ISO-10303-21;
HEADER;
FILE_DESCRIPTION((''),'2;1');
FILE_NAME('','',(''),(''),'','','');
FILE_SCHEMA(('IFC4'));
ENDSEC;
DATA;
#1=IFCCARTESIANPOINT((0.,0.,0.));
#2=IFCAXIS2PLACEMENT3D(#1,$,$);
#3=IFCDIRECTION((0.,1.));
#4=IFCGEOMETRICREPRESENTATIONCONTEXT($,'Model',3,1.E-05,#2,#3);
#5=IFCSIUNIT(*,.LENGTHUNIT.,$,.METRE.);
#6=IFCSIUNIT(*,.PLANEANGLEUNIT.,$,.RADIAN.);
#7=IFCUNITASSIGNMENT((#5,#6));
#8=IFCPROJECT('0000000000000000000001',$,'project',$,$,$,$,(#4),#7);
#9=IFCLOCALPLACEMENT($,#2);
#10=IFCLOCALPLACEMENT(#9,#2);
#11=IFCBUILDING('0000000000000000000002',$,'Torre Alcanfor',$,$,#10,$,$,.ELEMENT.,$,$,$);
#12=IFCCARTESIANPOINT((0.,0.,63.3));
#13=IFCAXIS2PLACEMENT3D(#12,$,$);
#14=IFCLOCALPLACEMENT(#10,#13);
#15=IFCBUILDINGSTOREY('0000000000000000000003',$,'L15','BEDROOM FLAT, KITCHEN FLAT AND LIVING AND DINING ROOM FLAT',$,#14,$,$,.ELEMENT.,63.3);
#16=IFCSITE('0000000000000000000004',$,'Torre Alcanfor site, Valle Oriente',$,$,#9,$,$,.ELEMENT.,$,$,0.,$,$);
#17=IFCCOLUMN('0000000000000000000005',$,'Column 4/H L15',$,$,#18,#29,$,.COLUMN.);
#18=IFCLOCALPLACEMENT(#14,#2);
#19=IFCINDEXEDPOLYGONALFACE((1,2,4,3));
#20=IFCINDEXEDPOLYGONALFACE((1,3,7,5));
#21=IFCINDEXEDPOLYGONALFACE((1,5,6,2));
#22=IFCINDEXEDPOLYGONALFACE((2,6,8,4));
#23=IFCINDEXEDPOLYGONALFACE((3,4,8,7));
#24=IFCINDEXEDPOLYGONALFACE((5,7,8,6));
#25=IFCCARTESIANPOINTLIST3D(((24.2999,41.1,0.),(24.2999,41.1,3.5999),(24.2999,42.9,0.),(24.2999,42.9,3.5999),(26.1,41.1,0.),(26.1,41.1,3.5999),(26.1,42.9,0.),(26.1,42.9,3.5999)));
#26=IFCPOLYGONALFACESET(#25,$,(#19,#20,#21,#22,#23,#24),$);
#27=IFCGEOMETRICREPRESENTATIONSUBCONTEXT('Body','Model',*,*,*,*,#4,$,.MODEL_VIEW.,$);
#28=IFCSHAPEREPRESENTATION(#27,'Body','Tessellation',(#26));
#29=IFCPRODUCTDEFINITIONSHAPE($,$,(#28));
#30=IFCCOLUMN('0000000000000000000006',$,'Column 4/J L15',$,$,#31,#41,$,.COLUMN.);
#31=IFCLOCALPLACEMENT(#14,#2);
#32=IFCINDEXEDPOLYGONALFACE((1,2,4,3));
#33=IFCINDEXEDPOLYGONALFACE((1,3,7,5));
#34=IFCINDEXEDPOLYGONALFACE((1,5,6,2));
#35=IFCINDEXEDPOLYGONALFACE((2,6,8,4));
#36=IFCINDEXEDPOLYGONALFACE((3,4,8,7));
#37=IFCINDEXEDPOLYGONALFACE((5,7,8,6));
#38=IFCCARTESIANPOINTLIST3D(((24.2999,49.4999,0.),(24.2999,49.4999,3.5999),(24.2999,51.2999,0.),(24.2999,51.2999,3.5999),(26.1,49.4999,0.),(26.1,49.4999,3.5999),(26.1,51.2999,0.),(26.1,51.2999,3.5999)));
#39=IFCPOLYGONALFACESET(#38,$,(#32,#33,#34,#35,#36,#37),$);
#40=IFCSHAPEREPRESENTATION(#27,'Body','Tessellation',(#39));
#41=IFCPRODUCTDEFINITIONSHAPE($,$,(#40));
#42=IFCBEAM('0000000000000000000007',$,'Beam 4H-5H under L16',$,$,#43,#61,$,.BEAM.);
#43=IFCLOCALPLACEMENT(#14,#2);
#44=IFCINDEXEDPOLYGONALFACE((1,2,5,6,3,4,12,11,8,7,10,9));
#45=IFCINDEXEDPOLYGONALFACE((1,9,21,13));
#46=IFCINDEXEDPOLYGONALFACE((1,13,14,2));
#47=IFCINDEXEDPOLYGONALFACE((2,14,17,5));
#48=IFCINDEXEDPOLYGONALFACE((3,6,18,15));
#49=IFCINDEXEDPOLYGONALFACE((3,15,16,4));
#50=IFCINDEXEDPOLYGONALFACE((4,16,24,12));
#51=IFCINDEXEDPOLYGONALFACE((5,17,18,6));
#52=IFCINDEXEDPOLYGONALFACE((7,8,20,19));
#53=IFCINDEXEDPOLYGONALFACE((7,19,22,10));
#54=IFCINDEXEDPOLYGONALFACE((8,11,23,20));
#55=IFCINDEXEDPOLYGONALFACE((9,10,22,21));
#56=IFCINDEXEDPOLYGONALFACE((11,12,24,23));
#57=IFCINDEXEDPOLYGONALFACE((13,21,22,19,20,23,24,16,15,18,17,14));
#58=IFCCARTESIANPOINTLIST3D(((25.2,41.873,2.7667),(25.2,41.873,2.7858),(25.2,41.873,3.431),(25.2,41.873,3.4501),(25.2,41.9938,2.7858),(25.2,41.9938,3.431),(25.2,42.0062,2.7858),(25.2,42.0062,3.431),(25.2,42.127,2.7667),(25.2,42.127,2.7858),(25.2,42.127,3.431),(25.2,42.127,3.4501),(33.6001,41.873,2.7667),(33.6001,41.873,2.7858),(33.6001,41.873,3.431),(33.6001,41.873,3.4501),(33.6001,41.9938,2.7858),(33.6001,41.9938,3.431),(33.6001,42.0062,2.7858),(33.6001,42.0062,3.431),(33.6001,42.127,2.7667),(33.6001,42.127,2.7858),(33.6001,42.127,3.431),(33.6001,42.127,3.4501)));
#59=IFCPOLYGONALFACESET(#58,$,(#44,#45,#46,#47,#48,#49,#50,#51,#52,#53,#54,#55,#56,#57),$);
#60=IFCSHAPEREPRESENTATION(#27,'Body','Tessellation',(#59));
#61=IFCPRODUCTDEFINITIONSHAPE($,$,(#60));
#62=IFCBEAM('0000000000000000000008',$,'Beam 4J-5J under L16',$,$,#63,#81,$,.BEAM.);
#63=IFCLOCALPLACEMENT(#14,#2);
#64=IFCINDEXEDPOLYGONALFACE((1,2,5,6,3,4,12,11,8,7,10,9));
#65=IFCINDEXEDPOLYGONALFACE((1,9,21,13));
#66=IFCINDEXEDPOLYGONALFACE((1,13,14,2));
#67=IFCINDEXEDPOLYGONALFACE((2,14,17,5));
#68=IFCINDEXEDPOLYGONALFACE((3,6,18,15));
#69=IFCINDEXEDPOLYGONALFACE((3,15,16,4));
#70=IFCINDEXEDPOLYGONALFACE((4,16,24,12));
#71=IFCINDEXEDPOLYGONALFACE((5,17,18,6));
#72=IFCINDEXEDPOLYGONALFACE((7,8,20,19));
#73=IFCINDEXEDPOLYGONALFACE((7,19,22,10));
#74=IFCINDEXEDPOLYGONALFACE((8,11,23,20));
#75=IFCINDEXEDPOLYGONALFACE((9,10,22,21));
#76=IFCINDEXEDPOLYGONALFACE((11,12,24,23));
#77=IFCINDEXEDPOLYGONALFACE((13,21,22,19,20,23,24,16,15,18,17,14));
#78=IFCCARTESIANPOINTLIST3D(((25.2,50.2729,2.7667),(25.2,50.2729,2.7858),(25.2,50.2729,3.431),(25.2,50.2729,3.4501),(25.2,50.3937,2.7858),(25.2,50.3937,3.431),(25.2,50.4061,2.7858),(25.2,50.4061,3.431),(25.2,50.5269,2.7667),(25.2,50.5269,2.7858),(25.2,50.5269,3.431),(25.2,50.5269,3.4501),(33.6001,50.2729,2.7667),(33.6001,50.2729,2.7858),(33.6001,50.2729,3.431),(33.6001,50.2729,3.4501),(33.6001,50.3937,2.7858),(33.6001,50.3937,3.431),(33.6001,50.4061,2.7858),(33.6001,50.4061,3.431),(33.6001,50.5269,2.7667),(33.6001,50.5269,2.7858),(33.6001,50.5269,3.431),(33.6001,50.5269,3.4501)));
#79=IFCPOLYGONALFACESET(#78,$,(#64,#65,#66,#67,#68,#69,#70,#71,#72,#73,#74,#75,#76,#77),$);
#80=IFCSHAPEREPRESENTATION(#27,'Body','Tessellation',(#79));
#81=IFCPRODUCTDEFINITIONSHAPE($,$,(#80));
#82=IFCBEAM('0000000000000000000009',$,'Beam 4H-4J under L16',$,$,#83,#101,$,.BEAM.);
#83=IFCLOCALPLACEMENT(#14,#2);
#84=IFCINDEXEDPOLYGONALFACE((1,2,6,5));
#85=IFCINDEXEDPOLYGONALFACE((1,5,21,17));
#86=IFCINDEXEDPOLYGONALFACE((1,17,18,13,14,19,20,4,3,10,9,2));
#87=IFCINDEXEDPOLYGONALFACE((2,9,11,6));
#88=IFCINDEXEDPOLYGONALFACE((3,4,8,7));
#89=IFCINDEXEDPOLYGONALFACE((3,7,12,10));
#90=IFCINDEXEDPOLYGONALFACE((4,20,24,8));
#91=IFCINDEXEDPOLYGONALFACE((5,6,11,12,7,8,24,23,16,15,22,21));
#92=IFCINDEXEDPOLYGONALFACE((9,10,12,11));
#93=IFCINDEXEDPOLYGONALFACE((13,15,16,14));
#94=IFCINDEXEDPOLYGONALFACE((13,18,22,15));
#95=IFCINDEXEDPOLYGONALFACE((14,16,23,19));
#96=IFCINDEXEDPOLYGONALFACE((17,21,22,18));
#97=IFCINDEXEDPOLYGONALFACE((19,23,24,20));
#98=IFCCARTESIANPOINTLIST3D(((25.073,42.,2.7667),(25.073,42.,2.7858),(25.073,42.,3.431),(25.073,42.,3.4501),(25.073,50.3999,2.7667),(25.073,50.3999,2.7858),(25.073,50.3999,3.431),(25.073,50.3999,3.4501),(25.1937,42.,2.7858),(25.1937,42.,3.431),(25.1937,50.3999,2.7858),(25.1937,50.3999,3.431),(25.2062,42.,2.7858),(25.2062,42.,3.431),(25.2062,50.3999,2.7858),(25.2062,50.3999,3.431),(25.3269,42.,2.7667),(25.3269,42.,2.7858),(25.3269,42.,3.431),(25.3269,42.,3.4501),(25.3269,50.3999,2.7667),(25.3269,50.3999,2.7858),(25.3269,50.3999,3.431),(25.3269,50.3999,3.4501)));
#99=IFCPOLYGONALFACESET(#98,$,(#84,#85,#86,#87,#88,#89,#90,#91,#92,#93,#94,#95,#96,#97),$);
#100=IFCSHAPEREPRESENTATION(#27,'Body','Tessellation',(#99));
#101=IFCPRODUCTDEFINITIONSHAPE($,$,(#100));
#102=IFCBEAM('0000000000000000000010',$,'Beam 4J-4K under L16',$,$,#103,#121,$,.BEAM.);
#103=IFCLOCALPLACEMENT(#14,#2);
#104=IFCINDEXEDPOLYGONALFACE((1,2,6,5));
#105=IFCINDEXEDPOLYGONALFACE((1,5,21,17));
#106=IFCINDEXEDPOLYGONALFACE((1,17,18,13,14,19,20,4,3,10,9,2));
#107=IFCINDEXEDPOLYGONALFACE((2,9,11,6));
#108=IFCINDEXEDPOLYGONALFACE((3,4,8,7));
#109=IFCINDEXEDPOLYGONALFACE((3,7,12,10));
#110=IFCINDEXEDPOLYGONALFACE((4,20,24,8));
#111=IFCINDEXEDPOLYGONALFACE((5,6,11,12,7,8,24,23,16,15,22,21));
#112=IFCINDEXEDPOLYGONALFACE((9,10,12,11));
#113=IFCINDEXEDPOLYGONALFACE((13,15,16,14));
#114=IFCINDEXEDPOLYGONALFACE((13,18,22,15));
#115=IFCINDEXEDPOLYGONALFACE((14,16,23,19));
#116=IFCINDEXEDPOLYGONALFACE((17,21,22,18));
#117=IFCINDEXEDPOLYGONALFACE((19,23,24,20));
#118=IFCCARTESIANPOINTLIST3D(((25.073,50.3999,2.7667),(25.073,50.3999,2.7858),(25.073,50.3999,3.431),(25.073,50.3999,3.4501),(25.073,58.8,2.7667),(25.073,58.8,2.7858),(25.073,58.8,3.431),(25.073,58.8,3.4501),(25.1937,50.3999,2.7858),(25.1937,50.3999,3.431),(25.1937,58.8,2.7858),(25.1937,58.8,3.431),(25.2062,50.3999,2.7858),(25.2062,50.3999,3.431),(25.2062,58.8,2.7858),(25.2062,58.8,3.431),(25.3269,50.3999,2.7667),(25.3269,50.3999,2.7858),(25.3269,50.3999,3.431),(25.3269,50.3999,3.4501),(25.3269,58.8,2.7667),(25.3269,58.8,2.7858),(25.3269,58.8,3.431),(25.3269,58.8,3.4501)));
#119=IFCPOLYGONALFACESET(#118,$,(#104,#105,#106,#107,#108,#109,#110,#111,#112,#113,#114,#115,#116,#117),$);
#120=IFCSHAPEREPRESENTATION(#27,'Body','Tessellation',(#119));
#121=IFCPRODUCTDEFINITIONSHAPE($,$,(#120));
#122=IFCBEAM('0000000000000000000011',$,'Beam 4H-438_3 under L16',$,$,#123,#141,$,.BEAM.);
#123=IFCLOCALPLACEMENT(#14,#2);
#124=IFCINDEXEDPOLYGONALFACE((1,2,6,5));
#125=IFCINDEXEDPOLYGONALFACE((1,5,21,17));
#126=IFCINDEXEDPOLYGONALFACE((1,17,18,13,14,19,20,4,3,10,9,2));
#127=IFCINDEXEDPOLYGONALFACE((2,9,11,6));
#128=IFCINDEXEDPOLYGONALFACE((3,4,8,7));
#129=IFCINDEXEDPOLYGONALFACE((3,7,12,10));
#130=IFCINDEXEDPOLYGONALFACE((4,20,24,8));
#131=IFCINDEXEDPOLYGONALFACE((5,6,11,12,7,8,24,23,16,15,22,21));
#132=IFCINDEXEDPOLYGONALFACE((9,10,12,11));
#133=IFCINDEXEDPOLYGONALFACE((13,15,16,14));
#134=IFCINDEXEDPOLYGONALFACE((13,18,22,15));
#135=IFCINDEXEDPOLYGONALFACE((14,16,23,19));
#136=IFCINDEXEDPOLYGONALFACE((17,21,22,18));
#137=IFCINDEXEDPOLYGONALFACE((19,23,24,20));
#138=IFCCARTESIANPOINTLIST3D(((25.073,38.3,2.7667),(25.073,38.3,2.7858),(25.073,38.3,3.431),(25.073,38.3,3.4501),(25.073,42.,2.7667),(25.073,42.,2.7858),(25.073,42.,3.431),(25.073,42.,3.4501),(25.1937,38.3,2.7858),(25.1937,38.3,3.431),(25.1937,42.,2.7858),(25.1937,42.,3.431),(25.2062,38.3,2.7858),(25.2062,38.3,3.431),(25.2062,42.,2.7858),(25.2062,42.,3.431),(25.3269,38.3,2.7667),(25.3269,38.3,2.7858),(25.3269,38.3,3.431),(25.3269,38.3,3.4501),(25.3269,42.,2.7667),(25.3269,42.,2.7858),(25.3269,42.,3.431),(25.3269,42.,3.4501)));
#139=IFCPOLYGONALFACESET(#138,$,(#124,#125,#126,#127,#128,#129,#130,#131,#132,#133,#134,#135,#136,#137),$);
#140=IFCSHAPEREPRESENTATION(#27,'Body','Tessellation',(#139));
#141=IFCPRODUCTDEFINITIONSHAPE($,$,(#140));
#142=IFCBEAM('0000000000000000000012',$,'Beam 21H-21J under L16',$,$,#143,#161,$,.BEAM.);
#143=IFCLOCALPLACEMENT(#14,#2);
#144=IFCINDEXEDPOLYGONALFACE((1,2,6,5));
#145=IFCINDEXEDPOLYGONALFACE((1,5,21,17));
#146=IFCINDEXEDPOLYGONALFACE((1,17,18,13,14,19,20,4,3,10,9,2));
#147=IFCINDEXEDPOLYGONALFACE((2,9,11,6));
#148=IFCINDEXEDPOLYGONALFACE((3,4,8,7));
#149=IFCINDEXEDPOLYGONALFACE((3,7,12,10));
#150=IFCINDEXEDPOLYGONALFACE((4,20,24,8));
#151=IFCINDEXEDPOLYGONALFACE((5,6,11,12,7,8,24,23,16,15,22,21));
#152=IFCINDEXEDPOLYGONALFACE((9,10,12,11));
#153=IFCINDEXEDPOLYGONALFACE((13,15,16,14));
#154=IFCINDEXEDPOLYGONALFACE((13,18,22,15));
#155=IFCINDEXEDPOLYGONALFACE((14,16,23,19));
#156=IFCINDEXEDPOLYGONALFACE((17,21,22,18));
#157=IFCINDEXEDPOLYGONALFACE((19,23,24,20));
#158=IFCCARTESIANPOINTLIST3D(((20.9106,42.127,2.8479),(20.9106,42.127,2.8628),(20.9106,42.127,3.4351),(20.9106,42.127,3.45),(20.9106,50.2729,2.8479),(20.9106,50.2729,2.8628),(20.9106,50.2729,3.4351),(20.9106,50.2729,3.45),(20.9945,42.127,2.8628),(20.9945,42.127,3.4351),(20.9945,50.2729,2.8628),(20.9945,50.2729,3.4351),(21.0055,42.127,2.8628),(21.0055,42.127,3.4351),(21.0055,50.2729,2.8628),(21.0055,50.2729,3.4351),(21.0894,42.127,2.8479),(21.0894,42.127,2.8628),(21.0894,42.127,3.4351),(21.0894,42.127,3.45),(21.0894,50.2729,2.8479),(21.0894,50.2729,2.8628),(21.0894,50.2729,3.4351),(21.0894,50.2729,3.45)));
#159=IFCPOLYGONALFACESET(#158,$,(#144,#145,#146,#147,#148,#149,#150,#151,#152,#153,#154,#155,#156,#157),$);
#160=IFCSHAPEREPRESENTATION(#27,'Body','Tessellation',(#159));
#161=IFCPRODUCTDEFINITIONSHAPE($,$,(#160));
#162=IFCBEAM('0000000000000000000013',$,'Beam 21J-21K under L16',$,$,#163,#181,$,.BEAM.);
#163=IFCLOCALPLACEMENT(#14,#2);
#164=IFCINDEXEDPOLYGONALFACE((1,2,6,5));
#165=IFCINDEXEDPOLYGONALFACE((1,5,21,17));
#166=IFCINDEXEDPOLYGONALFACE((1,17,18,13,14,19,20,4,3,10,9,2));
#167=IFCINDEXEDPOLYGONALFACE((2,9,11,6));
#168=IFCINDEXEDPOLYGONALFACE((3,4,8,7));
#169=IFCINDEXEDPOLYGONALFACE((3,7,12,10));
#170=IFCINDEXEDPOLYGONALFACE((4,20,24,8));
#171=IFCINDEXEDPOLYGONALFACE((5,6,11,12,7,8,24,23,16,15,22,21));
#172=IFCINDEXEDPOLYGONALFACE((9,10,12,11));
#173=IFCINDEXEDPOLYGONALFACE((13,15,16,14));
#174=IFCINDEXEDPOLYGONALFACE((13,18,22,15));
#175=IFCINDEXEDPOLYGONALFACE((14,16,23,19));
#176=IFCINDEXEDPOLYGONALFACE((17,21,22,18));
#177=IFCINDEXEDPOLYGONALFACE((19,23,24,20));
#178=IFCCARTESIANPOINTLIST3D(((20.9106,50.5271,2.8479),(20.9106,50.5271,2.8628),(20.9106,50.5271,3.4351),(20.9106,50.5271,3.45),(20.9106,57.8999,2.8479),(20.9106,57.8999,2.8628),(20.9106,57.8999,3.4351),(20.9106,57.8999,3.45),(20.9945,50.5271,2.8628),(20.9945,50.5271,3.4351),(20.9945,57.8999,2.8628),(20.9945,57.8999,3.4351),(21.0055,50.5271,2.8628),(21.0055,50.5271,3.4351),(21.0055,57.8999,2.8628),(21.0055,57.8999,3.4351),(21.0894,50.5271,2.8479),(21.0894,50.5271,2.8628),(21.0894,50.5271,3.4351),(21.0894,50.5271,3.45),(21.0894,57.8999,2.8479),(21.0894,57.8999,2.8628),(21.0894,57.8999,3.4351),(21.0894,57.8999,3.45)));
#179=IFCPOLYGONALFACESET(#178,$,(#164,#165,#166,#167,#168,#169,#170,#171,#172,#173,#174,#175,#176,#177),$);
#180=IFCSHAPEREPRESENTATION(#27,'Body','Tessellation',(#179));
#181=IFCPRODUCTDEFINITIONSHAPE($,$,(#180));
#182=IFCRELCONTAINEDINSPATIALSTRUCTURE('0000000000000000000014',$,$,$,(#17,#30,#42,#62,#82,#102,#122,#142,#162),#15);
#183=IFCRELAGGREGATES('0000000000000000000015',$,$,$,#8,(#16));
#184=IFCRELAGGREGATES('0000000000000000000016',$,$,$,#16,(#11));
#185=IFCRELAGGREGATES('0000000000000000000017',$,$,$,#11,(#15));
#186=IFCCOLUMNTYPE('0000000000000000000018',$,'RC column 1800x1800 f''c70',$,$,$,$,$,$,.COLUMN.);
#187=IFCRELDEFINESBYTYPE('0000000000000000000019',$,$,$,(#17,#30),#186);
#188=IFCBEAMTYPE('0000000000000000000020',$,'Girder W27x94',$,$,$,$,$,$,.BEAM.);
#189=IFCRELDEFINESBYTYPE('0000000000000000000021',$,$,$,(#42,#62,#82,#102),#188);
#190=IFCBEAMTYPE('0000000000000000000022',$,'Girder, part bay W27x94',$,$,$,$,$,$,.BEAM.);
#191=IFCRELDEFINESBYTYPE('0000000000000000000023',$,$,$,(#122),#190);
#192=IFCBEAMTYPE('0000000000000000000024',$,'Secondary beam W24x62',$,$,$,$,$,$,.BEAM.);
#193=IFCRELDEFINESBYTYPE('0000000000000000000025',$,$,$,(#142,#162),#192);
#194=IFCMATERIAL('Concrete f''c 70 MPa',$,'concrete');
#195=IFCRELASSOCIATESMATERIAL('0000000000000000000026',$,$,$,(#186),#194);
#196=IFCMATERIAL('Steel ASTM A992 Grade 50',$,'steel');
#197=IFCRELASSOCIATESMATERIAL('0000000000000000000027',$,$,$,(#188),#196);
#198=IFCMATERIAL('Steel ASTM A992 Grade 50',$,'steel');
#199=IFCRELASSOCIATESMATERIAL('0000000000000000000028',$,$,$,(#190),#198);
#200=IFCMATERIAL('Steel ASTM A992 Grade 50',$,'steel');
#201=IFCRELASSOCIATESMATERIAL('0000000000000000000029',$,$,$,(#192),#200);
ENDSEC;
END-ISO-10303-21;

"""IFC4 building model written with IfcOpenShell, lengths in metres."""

from ifc_helpers import new_model, si_unit, direction, frame, origin, origin_2d, place, context, subcontext, project, spatial, rectangle, i_section, extrude, material, material_profile, profile_set, type_object, element, save


model = new_model("IFC4")

# Units and contexts
model_context = context("Model", 3, precision=1e-05, world=origin(), true_north=direction((0.0, 1.0)))
body_context = subcontext(model_context, "Body", "Model", "MODEL_VIEW")
ifc_project = project(units=[si_unit("LENGTHUNIT", "METRE"), si_unit("PLANEANGLEUNIT", "RADIAN")], contexts=[model_context])

# Site, building, storey
site_placement = place(None, origin())
site = spatial("IfcSite", under=ifc_project, at=site_placement, Name="Torre Alcanfor site, Valle Oriente", CompositionType="ELEMENT", RefElevation=0.0)
building_placement = place(site_placement, origin())
building = spatial("IfcBuilding", under=site, at=building_placement, Name="Torre Alcanfor", CompositionType="ELEMENT")
storey_placement = place(building_placement, frame((0.0, 0.0, 63.3)))
storey = spatial("IfcBuildingStorey", under=building, at=storey_placement, Name="L15", Description="BEDROOM FLAT, KITCHEN FLAT AND LIVING AND DINING ROOM FLAT", CompositionType="ELEMENT", Elevation=63.3)

# Columns
ifc_material_1 = material(Name="Concrete f'c 70 MPa", Category="concrete")
ifc_material_profile_1 = material_profile(ifc_material_1, rectangle(XDim=1.8, YDim=1.8, at=origin_2d()), Name="1800x1800")
ifc_profile_set_1 = profile_set([ifc_material_profile_1], Name="Concrete f'c 70 MPa")
column_type = type_object("IfcColumnType", Name="RC column 1800x1800 f'c70", PredefinedType="COLUMN", material=ifc_profile_set_1)
for number, where, z_axis, x_axis, name in (
    (1, (25.2, 42.0, 0.0), (0.0, 0.0, 1.0), (1.0, 0.0, 0.0), "Column 4/H L15"),
    (2, (25.2, 50.3999, 0.0), (0.0, 0.0, 1.0), (1.0, 0.0, 0.0), "Column 4/J L15"),
):
    element("IfcColumn", number, at=place(storey_placement, frame(where, z_axis=z_axis, x_axis=x_axis)), inside=storey, type_object=column_type, Name=name, PredefinedType="COLUMN", context=body_context, shape_type="SweptSolid", body=[
        extrude(rectangle(XDim=1.8, YDim=1.8, at=origin_2d()), origin(), (0.0, 0.0, 1.0), 3.5999),
    ])

# Beams
ifc_material_2 = material(Name="Steel ASTM A992 Grade 50", Category="steel")
ifc_material_profile_2 = material_profile(ifc_material_2, i_section(OverallWidth=0.2539, OverallDepth=0.6833, WebThickness=0.0125, FlangeThickness=0.019, at=origin_2d()), Name="W27x94")
ifc_profile_set_2 = profile_set([ifc_material_profile_2], Name="Steel ASTM A992 Grade 50")
beam_type_1 = type_object("IfcBeamType", Name="Girder W27x94", PredefinedType="BEAM", material=ifc_profile_set_2)
for number, where, z_axis, x_axis, name in (
    (3, (25.2, 42.0, 3.1084), (1.0, 0.0, 0.0), (0.0, 1.0, 0.0), "Beam 4H-5H under L16"),
    (4, (25.2, 50.3999, 3.1084), (1.0, 0.0, 0.0), (0.0, 1.0, 0.0), "Beam 4J-5J under L16"),
):
    element("IfcBeam", number, at=place(storey_placement, frame(where, z_axis=z_axis, x_axis=x_axis)), inside=storey, type_object=beam_type_1, Name=name, PredefinedType="BEAM", context=body_context, shape_type="SweptSolid", body=[
        extrude(i_section(OverallWidth=0.2539, OverallDepth=0.6833, WebThickness=0.0125, FlangeThickness=0.019, at=origin_2d()), origin(), (0.0, 0.0, 1.0), 8.4001),
    ])
beam_1_placement = place(storey_placement, frame((25.2, 42.0, 3.1084), z_axis=(0.0, 1.0, 0.0), x_axis=(-1.0, 0.0, 0.0)))
element("IfcBeam", 5, at=beam_1_placement, inside=storey, type_object=beam_type_1, Name="Beam 4H-4J under L16", PredefinedType="BEAM", context=body_context, shape_type="SweptSolid", body=[
    extrude(i_section(OverallWidth=0.2539, OverallDepth=0.6833, WebThickness=0.0125, FlangeThickness=0.019, at=origin_2d()), origin(), (0.0, 0.0, 1.0), 8.3999),
])
beam_2_placement = place(storey_placement, frame((25.2, 50.3999, 3.1084), z_axis=(0.0, 1.0, 0.0), x_axis=(-1.0, 0.0, 0.0)))
element("IfcBeam", 6, at=beam_2_placement, inside=storey, type_object=beam_type_1, Name="Beam 4J-4K under L16", PredefinedType="BEAM", context=body_context, shape_type="SweptSolid", body=[
    extrude(i_section(OverallWidth=0.2539, OverallDepth=0.6833, WebThickness=0.0125, FlangeThickness=0.019, at=origin_2d()), origin(), (0.0, 0.0, 1.0), 8.4001),
])
ifc_material_3 = material(Name="Steel ASTM A992 Grade 50", Category="steel")
ifc_material_profile_3 = material_profile(ifc_material_3, i_section(OverallWidth=0.2539, OverallDepth=0.6833, WebThickness=0.0125, FlangeThickness=0.019, at=origin_2d()), Name="W27x94")
ifc_profile_set_3 = profile_set([ifc_material_profile_3], Name="Steel ASTM A992 Grade 50")
beam_type_2 = type_object("IfcBeamType", Name="Girder, part bay W27x94", PredefinedType="BEAM", material=ifc_profile_set_3)
beam_3_placement = place(storey_placement, frame((25.2, 42.0, 3.1084), z_axis=(0.0, -1.0, 0.0), x_axis=(1.0, 0.0, 0.0)))
element("IfcBeam", 7, at=beam_3_placement, inside=storey, type_object=beam_type_2, Name="Beam 4H-438_3 under L16", PredefinedType="BEAM", context=body_context, shape_type="SweptSolid", body=[
    extrude(i_section(OverallWidth=0.2539, OverallDepth=0.6833, WebThickness=0.0125, FlangeThickness=0.019, at=origin_2d()), origin(), (0.0, 0.0, 1.0), 3.7),
])
ifc_material_4 = material(Name="Steel ASTM A992 Grade 50", Category="steel")
ifc_material_profile_4 = material_profile(ifc_material_4, i_section(OverallWidth=0.1787, OverallDepth=0.6021, WebThickness=0.011, FlangeThickness=0.0149, at=origin_2d()), Name="W24x62")
ifc_profile_set_4 = profile_set([ifc_material_profile_4], Name="Steel ASTM A992 Grade 50")
beam_type_3 = type_object("IfcBeamType", Name="Secondary beam W24x62", PredefinedType="BEAM", material=ifc_profile_set_4)
beam_4_placement = place(storey_placement, frame((21.0, 42.127, 3.1489), z_axis=(0.0, 1.0, 0.0), x_axis=(-1.0, 0.0, 0.0)))
element("IfcBeam", 8, at=beam_4_placement, inside=storey, type_object=beam_type_3, Name="Beam 21H-21J under L16", PredefinedType="BEAM", context=body_context, shape_type="SweptSolid", body=[
    extrude(i_section(OverallWidth=0.1787, OverallDepth=0.6021, WebThickness=0.011, FlangeThickness=0.0149, at=origin_2d()), origin(), (0.0, 0.0, 1.0), 8.146),
])
beam_5_placement = place(storey_placement, frame((21.0, 50.5271, 3.1489), z_axis=(0.0, 1.0, 0.0), x_axis=(-1.0, 0.0, 0.0)))
element("IfcBeam", 9, at=beam_5_placement, inside=storey, type_object=beam_type_3, Name="Beam 21J-21K under L16", PredefinedType="BEAM", context=body_context, shape_type="SweptSolid", body=[
    extrude(i_section(OverallWidth=0.1787, OverallDepth=0.6021, WebThickness=0.011, FlangeThickness=0.0149, at=origin_2d()), origin(), (0.0, 0.0, 1.0), 7.3728),
])

save(model, "model.ifc")
